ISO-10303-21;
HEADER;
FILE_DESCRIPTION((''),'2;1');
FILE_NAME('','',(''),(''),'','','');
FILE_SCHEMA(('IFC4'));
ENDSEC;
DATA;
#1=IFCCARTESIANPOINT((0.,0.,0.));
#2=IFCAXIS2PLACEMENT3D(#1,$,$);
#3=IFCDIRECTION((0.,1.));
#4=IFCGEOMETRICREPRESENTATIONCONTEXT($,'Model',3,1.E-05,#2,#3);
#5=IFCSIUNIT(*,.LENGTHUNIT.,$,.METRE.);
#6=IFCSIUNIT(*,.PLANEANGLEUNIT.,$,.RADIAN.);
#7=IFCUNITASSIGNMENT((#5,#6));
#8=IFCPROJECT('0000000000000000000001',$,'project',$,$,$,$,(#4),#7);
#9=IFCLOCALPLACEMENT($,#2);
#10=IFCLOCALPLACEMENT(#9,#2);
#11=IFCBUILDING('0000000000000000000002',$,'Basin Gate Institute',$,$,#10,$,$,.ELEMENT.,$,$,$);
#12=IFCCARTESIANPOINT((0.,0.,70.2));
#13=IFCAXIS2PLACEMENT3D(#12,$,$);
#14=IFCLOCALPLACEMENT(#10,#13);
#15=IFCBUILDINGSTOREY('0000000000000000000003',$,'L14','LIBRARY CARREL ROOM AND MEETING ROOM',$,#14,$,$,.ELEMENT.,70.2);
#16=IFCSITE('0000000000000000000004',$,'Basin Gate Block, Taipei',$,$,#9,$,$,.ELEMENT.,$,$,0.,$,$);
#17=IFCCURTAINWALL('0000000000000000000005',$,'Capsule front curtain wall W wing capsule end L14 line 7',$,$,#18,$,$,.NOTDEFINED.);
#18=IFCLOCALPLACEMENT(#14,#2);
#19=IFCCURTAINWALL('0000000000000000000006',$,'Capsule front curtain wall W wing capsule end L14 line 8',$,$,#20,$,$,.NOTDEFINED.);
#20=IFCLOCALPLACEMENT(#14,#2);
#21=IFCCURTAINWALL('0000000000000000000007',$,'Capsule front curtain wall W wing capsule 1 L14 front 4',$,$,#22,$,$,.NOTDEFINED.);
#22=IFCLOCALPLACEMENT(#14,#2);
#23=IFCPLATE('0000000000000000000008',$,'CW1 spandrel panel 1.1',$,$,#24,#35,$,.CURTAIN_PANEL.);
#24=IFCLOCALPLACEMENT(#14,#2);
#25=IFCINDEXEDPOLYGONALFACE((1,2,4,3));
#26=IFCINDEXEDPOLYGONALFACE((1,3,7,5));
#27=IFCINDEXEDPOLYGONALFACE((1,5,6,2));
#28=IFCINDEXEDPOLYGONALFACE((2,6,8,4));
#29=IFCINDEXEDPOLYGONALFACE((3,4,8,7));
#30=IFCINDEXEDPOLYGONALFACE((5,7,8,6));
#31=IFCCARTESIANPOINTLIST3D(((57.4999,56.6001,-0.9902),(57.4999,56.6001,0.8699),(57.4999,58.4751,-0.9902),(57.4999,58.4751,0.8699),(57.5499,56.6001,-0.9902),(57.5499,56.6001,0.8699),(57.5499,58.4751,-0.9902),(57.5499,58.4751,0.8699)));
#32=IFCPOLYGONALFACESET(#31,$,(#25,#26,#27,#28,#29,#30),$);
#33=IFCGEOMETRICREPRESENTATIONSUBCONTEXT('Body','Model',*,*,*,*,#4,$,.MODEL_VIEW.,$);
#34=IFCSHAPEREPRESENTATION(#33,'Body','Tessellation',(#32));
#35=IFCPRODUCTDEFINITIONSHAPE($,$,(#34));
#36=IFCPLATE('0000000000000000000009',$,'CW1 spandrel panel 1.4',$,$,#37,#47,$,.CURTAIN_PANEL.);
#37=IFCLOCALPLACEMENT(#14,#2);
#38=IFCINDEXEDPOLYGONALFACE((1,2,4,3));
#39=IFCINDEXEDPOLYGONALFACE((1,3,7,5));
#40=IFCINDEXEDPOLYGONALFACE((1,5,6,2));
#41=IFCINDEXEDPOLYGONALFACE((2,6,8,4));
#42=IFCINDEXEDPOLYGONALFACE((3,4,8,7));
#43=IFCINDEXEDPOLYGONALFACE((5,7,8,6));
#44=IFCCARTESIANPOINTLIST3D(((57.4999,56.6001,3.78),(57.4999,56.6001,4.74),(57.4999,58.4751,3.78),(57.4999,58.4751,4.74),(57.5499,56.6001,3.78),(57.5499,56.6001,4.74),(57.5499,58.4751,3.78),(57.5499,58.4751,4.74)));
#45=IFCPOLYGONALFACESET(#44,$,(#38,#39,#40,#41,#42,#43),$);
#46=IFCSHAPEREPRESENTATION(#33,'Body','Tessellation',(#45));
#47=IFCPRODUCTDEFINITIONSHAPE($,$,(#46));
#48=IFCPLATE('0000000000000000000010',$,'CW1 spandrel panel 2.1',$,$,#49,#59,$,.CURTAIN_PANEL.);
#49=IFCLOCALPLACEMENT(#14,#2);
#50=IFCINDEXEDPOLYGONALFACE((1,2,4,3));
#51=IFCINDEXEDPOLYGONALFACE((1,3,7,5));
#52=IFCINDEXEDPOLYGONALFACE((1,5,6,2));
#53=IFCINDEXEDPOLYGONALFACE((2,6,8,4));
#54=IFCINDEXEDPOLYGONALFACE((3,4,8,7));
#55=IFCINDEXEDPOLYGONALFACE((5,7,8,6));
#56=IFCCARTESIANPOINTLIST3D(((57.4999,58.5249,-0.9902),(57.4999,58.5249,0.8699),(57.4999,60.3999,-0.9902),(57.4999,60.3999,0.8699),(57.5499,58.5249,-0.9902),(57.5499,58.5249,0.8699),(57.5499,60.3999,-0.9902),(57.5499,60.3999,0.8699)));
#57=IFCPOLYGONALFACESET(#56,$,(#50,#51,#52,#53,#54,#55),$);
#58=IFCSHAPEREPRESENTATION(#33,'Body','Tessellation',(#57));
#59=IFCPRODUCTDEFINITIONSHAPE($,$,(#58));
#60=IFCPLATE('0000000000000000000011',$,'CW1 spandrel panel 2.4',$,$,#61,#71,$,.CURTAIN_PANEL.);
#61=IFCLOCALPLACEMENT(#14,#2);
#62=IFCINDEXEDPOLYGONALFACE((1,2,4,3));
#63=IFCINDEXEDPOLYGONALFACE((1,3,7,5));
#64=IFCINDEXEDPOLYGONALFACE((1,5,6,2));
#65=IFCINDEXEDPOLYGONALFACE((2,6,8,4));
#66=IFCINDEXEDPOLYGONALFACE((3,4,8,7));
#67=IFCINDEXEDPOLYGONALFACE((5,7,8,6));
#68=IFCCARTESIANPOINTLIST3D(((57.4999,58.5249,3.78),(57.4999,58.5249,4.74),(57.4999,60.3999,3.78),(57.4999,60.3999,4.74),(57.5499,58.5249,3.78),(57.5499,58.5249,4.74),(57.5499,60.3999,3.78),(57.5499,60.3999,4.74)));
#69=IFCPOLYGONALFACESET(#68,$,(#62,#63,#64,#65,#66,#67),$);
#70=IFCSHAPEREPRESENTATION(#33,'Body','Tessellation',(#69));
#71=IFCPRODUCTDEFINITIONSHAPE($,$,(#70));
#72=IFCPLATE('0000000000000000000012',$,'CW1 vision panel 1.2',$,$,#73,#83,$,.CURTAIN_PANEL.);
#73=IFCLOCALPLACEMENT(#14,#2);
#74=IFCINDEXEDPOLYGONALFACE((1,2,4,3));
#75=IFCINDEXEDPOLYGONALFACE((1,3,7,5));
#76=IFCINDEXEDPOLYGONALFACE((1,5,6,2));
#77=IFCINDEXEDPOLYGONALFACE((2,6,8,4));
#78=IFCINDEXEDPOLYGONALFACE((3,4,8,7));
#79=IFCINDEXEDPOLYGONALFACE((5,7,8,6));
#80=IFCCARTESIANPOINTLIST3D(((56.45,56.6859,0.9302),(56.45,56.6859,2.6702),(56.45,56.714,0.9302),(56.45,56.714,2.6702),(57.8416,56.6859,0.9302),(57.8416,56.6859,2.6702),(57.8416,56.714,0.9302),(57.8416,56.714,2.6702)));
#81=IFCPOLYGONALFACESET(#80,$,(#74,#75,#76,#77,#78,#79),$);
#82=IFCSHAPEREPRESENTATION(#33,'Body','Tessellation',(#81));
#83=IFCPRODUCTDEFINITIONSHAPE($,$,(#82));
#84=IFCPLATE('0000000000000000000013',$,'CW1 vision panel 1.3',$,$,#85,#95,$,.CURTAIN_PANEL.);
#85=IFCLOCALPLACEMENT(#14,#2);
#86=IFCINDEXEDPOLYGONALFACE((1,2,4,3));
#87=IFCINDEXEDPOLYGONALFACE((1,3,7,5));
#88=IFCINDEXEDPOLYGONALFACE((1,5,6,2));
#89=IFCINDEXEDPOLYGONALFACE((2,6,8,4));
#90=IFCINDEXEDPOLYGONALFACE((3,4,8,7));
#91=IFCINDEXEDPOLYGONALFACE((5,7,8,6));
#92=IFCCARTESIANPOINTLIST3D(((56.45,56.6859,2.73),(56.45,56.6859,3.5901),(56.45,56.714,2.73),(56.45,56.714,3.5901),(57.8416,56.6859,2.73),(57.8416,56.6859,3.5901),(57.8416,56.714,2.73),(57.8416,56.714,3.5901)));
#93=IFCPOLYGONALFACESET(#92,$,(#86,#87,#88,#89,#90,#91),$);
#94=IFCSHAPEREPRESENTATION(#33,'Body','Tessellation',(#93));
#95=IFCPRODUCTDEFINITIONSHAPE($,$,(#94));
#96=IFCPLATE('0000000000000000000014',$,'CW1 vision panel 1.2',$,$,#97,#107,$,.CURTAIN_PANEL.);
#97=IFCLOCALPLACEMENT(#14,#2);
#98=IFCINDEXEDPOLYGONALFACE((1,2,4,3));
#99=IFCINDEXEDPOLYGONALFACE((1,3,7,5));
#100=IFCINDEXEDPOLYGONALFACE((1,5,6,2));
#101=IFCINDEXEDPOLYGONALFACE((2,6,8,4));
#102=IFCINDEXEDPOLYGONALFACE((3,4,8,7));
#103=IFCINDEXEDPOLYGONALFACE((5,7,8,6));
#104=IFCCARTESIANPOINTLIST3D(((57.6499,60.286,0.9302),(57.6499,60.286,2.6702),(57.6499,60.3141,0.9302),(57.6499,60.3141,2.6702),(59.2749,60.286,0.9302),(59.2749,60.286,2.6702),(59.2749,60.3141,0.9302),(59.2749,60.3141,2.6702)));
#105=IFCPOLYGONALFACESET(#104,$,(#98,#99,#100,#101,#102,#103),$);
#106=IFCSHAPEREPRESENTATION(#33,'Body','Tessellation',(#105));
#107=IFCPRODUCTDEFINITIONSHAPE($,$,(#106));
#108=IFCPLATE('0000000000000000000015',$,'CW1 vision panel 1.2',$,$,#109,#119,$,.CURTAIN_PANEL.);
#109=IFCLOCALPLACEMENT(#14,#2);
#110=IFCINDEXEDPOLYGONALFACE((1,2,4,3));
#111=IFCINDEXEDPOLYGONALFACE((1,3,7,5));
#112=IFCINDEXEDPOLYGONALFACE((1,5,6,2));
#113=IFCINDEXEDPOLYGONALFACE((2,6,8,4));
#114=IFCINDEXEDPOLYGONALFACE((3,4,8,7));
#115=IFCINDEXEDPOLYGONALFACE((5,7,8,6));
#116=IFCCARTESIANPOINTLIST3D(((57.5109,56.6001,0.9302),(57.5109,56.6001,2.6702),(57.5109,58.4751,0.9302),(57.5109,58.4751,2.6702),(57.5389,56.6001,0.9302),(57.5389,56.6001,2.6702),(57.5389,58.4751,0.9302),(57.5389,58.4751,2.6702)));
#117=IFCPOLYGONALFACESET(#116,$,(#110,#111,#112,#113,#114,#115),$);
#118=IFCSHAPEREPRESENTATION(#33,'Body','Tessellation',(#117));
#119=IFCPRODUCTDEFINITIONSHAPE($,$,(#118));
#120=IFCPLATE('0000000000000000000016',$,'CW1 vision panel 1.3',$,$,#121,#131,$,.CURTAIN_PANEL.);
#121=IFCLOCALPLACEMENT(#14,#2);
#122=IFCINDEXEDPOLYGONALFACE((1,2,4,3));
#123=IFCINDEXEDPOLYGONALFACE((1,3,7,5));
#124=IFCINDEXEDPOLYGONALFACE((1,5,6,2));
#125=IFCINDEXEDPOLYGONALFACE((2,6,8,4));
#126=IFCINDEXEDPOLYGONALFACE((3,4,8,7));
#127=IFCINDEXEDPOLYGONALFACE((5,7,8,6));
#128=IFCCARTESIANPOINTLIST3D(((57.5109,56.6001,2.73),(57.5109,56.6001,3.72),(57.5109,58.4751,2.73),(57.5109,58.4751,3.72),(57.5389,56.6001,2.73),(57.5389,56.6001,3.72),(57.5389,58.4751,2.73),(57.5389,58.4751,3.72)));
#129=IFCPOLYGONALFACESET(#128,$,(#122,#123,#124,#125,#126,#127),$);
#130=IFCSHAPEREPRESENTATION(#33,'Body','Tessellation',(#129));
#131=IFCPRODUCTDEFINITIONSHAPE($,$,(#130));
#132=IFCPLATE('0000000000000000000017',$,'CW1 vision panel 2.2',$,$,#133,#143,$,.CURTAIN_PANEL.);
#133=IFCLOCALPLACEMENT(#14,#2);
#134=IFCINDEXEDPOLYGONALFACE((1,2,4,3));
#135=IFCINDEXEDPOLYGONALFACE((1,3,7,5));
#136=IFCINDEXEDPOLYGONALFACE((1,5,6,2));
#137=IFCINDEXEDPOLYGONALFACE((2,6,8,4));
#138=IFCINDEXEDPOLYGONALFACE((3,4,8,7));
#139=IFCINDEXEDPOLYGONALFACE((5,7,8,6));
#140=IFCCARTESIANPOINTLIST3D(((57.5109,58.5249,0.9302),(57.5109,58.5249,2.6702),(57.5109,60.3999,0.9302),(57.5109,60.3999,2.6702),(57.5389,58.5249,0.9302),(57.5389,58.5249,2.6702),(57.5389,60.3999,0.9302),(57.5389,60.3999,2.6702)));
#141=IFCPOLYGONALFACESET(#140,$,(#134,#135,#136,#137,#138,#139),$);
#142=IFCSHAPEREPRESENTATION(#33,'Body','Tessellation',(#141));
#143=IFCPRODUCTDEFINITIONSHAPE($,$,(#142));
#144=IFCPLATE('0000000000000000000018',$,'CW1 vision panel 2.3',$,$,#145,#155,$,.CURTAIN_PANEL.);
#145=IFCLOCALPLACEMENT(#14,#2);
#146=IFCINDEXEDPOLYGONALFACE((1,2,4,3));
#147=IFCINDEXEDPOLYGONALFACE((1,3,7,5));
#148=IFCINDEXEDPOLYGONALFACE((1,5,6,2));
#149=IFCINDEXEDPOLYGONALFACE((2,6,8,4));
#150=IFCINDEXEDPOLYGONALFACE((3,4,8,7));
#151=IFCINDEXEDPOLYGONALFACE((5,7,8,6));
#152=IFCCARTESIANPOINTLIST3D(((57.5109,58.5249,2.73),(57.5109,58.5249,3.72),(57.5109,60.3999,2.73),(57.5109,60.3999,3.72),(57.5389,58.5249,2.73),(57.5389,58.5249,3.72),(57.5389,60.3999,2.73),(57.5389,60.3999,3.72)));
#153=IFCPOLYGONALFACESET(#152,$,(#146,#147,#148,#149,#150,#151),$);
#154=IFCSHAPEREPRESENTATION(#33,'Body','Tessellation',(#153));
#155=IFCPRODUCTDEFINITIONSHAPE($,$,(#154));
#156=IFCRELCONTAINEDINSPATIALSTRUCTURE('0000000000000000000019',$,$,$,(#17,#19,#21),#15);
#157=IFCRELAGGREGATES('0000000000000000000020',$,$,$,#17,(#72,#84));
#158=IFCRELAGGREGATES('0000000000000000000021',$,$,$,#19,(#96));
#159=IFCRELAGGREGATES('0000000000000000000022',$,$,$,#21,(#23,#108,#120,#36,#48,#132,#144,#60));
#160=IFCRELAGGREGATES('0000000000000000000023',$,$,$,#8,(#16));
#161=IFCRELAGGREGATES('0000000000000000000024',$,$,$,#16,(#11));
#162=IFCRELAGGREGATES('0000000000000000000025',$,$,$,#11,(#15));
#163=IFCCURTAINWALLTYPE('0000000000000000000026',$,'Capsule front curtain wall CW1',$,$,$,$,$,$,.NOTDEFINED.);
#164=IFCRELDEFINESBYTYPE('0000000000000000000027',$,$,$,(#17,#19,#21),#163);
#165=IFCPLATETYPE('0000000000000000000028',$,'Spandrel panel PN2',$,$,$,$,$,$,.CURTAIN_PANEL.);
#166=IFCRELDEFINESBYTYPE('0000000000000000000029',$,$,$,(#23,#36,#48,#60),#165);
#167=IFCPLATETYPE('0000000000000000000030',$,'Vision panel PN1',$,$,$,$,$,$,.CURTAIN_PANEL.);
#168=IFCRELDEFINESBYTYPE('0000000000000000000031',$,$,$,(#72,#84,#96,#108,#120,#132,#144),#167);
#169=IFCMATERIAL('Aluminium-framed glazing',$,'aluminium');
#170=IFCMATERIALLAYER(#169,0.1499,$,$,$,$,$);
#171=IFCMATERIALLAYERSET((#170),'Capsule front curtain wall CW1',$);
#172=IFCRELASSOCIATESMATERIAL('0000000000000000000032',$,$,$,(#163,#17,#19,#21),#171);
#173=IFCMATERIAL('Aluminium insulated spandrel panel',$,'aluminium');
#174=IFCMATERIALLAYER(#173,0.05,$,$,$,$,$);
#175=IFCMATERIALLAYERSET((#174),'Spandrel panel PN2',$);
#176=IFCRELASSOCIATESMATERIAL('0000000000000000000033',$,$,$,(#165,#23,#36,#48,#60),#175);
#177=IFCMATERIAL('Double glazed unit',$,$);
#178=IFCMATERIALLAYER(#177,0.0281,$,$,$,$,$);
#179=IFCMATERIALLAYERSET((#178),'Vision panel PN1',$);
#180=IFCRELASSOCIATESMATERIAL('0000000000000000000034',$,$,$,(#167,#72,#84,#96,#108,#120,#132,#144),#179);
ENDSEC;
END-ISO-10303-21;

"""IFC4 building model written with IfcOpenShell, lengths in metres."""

from ifc_helpers import new_model, si_unit, direction, frame, origin, origin_2d, place, context, subcontext, project, spatial, rectangle, extrude, material, layer, layer_set, type_object, element, aggregate, save


model = new_model("IFC4")

# Units and contexts
model_context = context("Model", 3, precision=1e-05, world=origin(), true_north=direction((0.0, 1.0)))
body_context = subcontext(model_context, "Body", "Model", "MODEL_VIEW")
ifc_project = project(units=[si_unit("LENGTHUNIT", "METRE"), si_unit("PLANEANGLEUNIT", "RADIAN")], contexts=[model_context])

# Site, building, storey
site_placement = place(None, origin())
site = spatial("IfcSite", under=ifc_project, at=site_placement, Name="Basin Gate Block, Taipei", CompositionType="ELEMENT", RefElevation=0.0)
building_placement = place(site_placement, origin())
building = spatial("IfcBuilding", under=site, at=building_placement, Name="Basin Gate Institute", CompositionType="ELEMENT")
storey_placement = place(building_placement, frame((0.0, 0.0, 70.2)))
storey = spatial("IfcBuildingStorey", under=building, at=storey_placement, Name="L14", Description="LIBRARY CARREL ROOM AND MEETING ROOM", CompositionType="ELEMENT", Elevation=70.2)

# Curtain wall
ifc_material_1 = material(Name="Aluminium-framed glazing", Category="aluminium")
ifc_layer_1 = layer(ifc_material_1, 0.1499)
ifc_layer_set_1 = layer_set([ifc_layer_1], Name="Capsule front curtain wall CW1")
curtain_wall_type = type_object("IfcCurtainWallType", Name="Capsule front curtain wall CW1", PredefinedType="NOTDEFINED", material=ifc_layer_set_1)
curtain_wall_1_placement = place(storey_placement, origin())
curtain_wall_1 = element("IfcCurtainWall", 1, at=curtain_wall_1_placement, inside=storey, type_object=curtain_wall_type, material=ifc_layer_set_1, Name="Capsule front curtain wall W wing capsule end L14 line 7", PredefinedType="NOTDEFINED")

# Curtain wall
curtain_wall_2_placement = place(storey_placement, origin())
curtain_wall_2 = element("IfcCurtainWall", 2, at=curtain_wall_2_placement, inside=storey, type_object=curtain_wall_type, material=ifc_layer_set_1, Name="Capsule front curtain wall W wing capsule end L14 line 8", PredefinedType="NOTDEFINED")

# Curtain wall
curtain_wall_3_placement = place(storey_placement, origin())
curtain_wall_3 = element("IfcCurtainWall", 3, at=curtain_wall_3_placement, inside=storey, type_object=curtain_wall_type, material=ifc_layer_set_1, Name="Capsule front curtain wall W wing capsule 1 L14 front 4", PredefinedType="NOTDEFINED")

# Plates
ifc_material_2 = material(Name="Aluminium insulated spandrel panel", Category="aluminium")
ifc_layer_2 = layer(ifc_material_2, 0.05)
ifc_layer_set_2 = layer_set([ifc_layer_2], Name="Spandrel panel PN2")
plate_type_1 = type_object("IfcPlateType", Name="Spandrel panel PN2", PredefinedType="CURTAIN_PANEL", material=ifc_layer_set_2)
plate_1_placement = place(storey_placement, frame((57.5249, 57.5376, -0.9902), z_axis=(0.0, 0.0, 1.0), x_axis=(0.0, 1.0, 0.0)))
plate_1 = element("IfcPlate", 4, at=plate_1_placement, type_object=plate_type_1, material=ifc_layer_set_2, Name="CW1 spandrel panel 1.1", PredefinedType="CURTAIN_PANEL", context=body_context, shape_type="SweptSolid", body=[
    extrude(rectangle(XDim=1.875, YDim=0.05, at=origin_2d()), origin(), (0.0, 0.0, 1.0), 1.8601),
])
plate_2_placement = place(storey_placement, frame((57.5249, 57.5376, 3.78), z_axis=(0.0, 0.0, 1.0), x_axis=(0.0, 1.0, 0.0)))
plate_2 = element("IfcPlate", 5, at=plate_2_placement, type_object=plate_type_1, material=ifc_layer_set_2, Name="CW1 spandrel panel 1.4", PredefinedType="CURTAIN_PANEL", context=body_context, shape_type="SweptSolid", body=[
    extrude(rectangle(XDim=1.875, YDim=0.05, at=origin_2d()), origin(), (0.0, 0.0, 1.0), 0.96),
])
plate_3_placement = place(storey_placement, frame((57.5249, 59.4624, -0.9902), z_axis=(0.0, 0.0, 1.0), x_axis=(0.0, 1.0, 0.0)))
plate_3 = element("IfcPlate", 6, at=plate_3_placement, type_object=plate_type_1, material=ifc_layer_set_2, Name="CW1 spandrel panel 2.1", PredefinedType="CURTAIN_PANEL", context=body_context, shape_type="SweptSolid", body=[
    extrude(rectangle(XDim=1.875, YDim=0.05, at=origin_2d()), origin(), (0.0, 0.0, 1.0), 1.8601),
])
plate_4_placement = place(storey_placement, frame((57.5249, 59.4624, 3.78), z_axis=(0.0, 0.0, 1.0), x_axis=(0.0, 1.0, 0.0)))
plate_4 = element("IfcPlate", 7, at=plate_4_placement, type_object=plate_type_1, material=ifc_layer_set_2, Name="CW1 spandrel panel 2.4", PredefinedType="CURTAIN_PANEL", context=body_context, shape_type="SweptSolid", body=[
    extrude(rectangle(XDim=1.875, YDim=0.05, at=origin_2d()), origin(), (0.0, 0.0, 1.0), 0.96),
])
ifc_material_3 = material(Name="Double glazed unit")
ifc_layer_3 = layer(ifc_material_3, 0.0281)
ifc_layer_set_3 = layer_set([ifc_layer_3], Name="Vision panel PN1")
plate_type_2 = type_object("IfcPlateType", Name="Vision panel PN1", PredefinedType="CURTAIN_PANEL", material=ifc_layer_set_3)
plate_5_placement = place(storey_placement, frame((57.1458, 56.7, 0.9302), z_axis=(0.0, 0.0, 1.0), x_axis=(1.0, 0.0, 0.0)))
plate_5 = element("IfcPlate", 8, at=plate_5_placement, type_object=plate_type_2, material=ifc_layer_set_3, Name="CW1 vision panel 1.2", PredefinedType="CURTAIN_PANEL", context=body_context, shape_type="SweptSolid", body=[
    extrude(rectangle(XDim=1.3916, YDim=0.0281, at=origin_2d()), origin(), (0.0, 0.0, 1.0), 1.74),
])
plate_6_placement = place(storey_placement, frame((57.1458, 56.7, 2.73), z_axis=(0.0, 0.0, 1.0), x_axis=(1.0, 0.0, 0.0)))
plate_6 = element("IfcPlate", 9, at=plate_6_placement, type_object=plate_type_2, material=ifc_layer_set_3, Name="CW1 vision panel 1.3", PredefinedType="CURTAIN_PANEL", context=body_context, shape_type="SweptSolid", body=[
    extrude(rectangle(XDim=1.3916, YDim=0.0281, at=origin_2d()), origin(), (0.0, 0.0, 1.0), 0.8601),
])
aggregate(curtain_wall_1, [plate_5, plate_6])
plate_7_placement = place(storey_placement, frame((58.4624, 60.3, 0.9302), z_axis=(0.0, 0.0, 1.0), x_axis=(1.0, 0.0, 0.0)))
plate_7 = element("IfcPlate", 10, at=plate_7_placement, type_object=plate_type_2, material=ifc_layer_set_3, Name="CW1 vision panel 1.2", PredefinedType="CURTAIN_PANEL", context=body_context, shape_type="SweptSolid", body=[
    extrude(rectangle(XDim=1.625, YDim=0.0281, at=origin_2d()), origin(), (0.0, 0.0, 1.0), 1.74),
])
aggregate(curtain_wall_2, [plate_7])
plate_8_placement = place(storey_placement, frame((57.5249, 57.5376, 0.9302), z_axis=(0.0, 0.0, 1.0), x_axis=(0.0, 1.0, 0.0)))
plate_8 = element("IfcPlate", 11, at=plate_8_placement, type_object=plate_type_2, material=ifc_layer_set_3, Name="CW1 vision panel 1.2", PredefinedType="CURTAIN_PANEL", context=body_context, shape_type="SweptSolid", body=[
    extrude(rectangle(XDim=1.875, YDim=0.0281, at=origin_2d()), origin(), (0.0, 0.0, 1.0), 1.74),
])
plate_9_placement = place(storey_placement, frame((57.5249, 57.5376, 2.73), z_axis=(0.0, 0.0, 1.0), x_axis=(0.0, 1.0, 0.0)))
plate_9 = element("IfcPlate", 12, at=plate_9_placement, type_object=plate_type_2, material=ifc_layer_set_3, Name="CW1 vision panel 1.3", PredefinedType="CURTAIN_PANEL", context=body_context, shape_type="SweptSolid", body=[
    extrude(rectangle(XDim=1.875, YDim=0.0281, at=origin_2d()), origin(), (0.0, 0.0, 1.0), 0.99),
])
plate_10_placement = place(storey_placement, frame((57.5249, 59.4624, 0.9302), z_axis=(0.0, 0.0, 1.0), x_axis=(0.0, 1.0, 0.0)))
plate_10 = element("IfcPlate", 13, at=plate_10_placement, type_object=plate_type_2, material=ifc_layer_set_3, Name="CW1 vision panel 2.2", PredefinedType="CURTAIN_PANEL", context=body_context, shape_type="SweptSolid", body=[
    extrude(rectangle(XDim=1.875, YDim=0.0281, at=origin_2d()), origin(), (0.0, 0.0, 1.0), 1.74),
])
plate_11_placement = place(storey_placement, frame((57.5249, 59.4624, 2.73), z_axis=(0.0, 0.0, 1.0), x_axis=(0.0, 1.0, 0.0)))
plate_11 = element("IfcPlate", 14, at=plate_11_placement, type_object=plate_type_2, material=ifc_layer_set_3, Name="CW1 vision panel 2.3", PredefinedType="CURTAIN_PANEL", context=body_context, shape_type="SweptSolid", body=[
    extrude(rectangle(XDim=1.875, YDim=0.0281, at=origin_2d()), origin(), (0.0, 0.0, 1.0), 0.99),
])
aggregate(curtain_wall_3, [plate_1, plate_8, plate_9, plate_2, plate_3, plate_10, plate_11, plate_4])

save(model, "model.ifc")
